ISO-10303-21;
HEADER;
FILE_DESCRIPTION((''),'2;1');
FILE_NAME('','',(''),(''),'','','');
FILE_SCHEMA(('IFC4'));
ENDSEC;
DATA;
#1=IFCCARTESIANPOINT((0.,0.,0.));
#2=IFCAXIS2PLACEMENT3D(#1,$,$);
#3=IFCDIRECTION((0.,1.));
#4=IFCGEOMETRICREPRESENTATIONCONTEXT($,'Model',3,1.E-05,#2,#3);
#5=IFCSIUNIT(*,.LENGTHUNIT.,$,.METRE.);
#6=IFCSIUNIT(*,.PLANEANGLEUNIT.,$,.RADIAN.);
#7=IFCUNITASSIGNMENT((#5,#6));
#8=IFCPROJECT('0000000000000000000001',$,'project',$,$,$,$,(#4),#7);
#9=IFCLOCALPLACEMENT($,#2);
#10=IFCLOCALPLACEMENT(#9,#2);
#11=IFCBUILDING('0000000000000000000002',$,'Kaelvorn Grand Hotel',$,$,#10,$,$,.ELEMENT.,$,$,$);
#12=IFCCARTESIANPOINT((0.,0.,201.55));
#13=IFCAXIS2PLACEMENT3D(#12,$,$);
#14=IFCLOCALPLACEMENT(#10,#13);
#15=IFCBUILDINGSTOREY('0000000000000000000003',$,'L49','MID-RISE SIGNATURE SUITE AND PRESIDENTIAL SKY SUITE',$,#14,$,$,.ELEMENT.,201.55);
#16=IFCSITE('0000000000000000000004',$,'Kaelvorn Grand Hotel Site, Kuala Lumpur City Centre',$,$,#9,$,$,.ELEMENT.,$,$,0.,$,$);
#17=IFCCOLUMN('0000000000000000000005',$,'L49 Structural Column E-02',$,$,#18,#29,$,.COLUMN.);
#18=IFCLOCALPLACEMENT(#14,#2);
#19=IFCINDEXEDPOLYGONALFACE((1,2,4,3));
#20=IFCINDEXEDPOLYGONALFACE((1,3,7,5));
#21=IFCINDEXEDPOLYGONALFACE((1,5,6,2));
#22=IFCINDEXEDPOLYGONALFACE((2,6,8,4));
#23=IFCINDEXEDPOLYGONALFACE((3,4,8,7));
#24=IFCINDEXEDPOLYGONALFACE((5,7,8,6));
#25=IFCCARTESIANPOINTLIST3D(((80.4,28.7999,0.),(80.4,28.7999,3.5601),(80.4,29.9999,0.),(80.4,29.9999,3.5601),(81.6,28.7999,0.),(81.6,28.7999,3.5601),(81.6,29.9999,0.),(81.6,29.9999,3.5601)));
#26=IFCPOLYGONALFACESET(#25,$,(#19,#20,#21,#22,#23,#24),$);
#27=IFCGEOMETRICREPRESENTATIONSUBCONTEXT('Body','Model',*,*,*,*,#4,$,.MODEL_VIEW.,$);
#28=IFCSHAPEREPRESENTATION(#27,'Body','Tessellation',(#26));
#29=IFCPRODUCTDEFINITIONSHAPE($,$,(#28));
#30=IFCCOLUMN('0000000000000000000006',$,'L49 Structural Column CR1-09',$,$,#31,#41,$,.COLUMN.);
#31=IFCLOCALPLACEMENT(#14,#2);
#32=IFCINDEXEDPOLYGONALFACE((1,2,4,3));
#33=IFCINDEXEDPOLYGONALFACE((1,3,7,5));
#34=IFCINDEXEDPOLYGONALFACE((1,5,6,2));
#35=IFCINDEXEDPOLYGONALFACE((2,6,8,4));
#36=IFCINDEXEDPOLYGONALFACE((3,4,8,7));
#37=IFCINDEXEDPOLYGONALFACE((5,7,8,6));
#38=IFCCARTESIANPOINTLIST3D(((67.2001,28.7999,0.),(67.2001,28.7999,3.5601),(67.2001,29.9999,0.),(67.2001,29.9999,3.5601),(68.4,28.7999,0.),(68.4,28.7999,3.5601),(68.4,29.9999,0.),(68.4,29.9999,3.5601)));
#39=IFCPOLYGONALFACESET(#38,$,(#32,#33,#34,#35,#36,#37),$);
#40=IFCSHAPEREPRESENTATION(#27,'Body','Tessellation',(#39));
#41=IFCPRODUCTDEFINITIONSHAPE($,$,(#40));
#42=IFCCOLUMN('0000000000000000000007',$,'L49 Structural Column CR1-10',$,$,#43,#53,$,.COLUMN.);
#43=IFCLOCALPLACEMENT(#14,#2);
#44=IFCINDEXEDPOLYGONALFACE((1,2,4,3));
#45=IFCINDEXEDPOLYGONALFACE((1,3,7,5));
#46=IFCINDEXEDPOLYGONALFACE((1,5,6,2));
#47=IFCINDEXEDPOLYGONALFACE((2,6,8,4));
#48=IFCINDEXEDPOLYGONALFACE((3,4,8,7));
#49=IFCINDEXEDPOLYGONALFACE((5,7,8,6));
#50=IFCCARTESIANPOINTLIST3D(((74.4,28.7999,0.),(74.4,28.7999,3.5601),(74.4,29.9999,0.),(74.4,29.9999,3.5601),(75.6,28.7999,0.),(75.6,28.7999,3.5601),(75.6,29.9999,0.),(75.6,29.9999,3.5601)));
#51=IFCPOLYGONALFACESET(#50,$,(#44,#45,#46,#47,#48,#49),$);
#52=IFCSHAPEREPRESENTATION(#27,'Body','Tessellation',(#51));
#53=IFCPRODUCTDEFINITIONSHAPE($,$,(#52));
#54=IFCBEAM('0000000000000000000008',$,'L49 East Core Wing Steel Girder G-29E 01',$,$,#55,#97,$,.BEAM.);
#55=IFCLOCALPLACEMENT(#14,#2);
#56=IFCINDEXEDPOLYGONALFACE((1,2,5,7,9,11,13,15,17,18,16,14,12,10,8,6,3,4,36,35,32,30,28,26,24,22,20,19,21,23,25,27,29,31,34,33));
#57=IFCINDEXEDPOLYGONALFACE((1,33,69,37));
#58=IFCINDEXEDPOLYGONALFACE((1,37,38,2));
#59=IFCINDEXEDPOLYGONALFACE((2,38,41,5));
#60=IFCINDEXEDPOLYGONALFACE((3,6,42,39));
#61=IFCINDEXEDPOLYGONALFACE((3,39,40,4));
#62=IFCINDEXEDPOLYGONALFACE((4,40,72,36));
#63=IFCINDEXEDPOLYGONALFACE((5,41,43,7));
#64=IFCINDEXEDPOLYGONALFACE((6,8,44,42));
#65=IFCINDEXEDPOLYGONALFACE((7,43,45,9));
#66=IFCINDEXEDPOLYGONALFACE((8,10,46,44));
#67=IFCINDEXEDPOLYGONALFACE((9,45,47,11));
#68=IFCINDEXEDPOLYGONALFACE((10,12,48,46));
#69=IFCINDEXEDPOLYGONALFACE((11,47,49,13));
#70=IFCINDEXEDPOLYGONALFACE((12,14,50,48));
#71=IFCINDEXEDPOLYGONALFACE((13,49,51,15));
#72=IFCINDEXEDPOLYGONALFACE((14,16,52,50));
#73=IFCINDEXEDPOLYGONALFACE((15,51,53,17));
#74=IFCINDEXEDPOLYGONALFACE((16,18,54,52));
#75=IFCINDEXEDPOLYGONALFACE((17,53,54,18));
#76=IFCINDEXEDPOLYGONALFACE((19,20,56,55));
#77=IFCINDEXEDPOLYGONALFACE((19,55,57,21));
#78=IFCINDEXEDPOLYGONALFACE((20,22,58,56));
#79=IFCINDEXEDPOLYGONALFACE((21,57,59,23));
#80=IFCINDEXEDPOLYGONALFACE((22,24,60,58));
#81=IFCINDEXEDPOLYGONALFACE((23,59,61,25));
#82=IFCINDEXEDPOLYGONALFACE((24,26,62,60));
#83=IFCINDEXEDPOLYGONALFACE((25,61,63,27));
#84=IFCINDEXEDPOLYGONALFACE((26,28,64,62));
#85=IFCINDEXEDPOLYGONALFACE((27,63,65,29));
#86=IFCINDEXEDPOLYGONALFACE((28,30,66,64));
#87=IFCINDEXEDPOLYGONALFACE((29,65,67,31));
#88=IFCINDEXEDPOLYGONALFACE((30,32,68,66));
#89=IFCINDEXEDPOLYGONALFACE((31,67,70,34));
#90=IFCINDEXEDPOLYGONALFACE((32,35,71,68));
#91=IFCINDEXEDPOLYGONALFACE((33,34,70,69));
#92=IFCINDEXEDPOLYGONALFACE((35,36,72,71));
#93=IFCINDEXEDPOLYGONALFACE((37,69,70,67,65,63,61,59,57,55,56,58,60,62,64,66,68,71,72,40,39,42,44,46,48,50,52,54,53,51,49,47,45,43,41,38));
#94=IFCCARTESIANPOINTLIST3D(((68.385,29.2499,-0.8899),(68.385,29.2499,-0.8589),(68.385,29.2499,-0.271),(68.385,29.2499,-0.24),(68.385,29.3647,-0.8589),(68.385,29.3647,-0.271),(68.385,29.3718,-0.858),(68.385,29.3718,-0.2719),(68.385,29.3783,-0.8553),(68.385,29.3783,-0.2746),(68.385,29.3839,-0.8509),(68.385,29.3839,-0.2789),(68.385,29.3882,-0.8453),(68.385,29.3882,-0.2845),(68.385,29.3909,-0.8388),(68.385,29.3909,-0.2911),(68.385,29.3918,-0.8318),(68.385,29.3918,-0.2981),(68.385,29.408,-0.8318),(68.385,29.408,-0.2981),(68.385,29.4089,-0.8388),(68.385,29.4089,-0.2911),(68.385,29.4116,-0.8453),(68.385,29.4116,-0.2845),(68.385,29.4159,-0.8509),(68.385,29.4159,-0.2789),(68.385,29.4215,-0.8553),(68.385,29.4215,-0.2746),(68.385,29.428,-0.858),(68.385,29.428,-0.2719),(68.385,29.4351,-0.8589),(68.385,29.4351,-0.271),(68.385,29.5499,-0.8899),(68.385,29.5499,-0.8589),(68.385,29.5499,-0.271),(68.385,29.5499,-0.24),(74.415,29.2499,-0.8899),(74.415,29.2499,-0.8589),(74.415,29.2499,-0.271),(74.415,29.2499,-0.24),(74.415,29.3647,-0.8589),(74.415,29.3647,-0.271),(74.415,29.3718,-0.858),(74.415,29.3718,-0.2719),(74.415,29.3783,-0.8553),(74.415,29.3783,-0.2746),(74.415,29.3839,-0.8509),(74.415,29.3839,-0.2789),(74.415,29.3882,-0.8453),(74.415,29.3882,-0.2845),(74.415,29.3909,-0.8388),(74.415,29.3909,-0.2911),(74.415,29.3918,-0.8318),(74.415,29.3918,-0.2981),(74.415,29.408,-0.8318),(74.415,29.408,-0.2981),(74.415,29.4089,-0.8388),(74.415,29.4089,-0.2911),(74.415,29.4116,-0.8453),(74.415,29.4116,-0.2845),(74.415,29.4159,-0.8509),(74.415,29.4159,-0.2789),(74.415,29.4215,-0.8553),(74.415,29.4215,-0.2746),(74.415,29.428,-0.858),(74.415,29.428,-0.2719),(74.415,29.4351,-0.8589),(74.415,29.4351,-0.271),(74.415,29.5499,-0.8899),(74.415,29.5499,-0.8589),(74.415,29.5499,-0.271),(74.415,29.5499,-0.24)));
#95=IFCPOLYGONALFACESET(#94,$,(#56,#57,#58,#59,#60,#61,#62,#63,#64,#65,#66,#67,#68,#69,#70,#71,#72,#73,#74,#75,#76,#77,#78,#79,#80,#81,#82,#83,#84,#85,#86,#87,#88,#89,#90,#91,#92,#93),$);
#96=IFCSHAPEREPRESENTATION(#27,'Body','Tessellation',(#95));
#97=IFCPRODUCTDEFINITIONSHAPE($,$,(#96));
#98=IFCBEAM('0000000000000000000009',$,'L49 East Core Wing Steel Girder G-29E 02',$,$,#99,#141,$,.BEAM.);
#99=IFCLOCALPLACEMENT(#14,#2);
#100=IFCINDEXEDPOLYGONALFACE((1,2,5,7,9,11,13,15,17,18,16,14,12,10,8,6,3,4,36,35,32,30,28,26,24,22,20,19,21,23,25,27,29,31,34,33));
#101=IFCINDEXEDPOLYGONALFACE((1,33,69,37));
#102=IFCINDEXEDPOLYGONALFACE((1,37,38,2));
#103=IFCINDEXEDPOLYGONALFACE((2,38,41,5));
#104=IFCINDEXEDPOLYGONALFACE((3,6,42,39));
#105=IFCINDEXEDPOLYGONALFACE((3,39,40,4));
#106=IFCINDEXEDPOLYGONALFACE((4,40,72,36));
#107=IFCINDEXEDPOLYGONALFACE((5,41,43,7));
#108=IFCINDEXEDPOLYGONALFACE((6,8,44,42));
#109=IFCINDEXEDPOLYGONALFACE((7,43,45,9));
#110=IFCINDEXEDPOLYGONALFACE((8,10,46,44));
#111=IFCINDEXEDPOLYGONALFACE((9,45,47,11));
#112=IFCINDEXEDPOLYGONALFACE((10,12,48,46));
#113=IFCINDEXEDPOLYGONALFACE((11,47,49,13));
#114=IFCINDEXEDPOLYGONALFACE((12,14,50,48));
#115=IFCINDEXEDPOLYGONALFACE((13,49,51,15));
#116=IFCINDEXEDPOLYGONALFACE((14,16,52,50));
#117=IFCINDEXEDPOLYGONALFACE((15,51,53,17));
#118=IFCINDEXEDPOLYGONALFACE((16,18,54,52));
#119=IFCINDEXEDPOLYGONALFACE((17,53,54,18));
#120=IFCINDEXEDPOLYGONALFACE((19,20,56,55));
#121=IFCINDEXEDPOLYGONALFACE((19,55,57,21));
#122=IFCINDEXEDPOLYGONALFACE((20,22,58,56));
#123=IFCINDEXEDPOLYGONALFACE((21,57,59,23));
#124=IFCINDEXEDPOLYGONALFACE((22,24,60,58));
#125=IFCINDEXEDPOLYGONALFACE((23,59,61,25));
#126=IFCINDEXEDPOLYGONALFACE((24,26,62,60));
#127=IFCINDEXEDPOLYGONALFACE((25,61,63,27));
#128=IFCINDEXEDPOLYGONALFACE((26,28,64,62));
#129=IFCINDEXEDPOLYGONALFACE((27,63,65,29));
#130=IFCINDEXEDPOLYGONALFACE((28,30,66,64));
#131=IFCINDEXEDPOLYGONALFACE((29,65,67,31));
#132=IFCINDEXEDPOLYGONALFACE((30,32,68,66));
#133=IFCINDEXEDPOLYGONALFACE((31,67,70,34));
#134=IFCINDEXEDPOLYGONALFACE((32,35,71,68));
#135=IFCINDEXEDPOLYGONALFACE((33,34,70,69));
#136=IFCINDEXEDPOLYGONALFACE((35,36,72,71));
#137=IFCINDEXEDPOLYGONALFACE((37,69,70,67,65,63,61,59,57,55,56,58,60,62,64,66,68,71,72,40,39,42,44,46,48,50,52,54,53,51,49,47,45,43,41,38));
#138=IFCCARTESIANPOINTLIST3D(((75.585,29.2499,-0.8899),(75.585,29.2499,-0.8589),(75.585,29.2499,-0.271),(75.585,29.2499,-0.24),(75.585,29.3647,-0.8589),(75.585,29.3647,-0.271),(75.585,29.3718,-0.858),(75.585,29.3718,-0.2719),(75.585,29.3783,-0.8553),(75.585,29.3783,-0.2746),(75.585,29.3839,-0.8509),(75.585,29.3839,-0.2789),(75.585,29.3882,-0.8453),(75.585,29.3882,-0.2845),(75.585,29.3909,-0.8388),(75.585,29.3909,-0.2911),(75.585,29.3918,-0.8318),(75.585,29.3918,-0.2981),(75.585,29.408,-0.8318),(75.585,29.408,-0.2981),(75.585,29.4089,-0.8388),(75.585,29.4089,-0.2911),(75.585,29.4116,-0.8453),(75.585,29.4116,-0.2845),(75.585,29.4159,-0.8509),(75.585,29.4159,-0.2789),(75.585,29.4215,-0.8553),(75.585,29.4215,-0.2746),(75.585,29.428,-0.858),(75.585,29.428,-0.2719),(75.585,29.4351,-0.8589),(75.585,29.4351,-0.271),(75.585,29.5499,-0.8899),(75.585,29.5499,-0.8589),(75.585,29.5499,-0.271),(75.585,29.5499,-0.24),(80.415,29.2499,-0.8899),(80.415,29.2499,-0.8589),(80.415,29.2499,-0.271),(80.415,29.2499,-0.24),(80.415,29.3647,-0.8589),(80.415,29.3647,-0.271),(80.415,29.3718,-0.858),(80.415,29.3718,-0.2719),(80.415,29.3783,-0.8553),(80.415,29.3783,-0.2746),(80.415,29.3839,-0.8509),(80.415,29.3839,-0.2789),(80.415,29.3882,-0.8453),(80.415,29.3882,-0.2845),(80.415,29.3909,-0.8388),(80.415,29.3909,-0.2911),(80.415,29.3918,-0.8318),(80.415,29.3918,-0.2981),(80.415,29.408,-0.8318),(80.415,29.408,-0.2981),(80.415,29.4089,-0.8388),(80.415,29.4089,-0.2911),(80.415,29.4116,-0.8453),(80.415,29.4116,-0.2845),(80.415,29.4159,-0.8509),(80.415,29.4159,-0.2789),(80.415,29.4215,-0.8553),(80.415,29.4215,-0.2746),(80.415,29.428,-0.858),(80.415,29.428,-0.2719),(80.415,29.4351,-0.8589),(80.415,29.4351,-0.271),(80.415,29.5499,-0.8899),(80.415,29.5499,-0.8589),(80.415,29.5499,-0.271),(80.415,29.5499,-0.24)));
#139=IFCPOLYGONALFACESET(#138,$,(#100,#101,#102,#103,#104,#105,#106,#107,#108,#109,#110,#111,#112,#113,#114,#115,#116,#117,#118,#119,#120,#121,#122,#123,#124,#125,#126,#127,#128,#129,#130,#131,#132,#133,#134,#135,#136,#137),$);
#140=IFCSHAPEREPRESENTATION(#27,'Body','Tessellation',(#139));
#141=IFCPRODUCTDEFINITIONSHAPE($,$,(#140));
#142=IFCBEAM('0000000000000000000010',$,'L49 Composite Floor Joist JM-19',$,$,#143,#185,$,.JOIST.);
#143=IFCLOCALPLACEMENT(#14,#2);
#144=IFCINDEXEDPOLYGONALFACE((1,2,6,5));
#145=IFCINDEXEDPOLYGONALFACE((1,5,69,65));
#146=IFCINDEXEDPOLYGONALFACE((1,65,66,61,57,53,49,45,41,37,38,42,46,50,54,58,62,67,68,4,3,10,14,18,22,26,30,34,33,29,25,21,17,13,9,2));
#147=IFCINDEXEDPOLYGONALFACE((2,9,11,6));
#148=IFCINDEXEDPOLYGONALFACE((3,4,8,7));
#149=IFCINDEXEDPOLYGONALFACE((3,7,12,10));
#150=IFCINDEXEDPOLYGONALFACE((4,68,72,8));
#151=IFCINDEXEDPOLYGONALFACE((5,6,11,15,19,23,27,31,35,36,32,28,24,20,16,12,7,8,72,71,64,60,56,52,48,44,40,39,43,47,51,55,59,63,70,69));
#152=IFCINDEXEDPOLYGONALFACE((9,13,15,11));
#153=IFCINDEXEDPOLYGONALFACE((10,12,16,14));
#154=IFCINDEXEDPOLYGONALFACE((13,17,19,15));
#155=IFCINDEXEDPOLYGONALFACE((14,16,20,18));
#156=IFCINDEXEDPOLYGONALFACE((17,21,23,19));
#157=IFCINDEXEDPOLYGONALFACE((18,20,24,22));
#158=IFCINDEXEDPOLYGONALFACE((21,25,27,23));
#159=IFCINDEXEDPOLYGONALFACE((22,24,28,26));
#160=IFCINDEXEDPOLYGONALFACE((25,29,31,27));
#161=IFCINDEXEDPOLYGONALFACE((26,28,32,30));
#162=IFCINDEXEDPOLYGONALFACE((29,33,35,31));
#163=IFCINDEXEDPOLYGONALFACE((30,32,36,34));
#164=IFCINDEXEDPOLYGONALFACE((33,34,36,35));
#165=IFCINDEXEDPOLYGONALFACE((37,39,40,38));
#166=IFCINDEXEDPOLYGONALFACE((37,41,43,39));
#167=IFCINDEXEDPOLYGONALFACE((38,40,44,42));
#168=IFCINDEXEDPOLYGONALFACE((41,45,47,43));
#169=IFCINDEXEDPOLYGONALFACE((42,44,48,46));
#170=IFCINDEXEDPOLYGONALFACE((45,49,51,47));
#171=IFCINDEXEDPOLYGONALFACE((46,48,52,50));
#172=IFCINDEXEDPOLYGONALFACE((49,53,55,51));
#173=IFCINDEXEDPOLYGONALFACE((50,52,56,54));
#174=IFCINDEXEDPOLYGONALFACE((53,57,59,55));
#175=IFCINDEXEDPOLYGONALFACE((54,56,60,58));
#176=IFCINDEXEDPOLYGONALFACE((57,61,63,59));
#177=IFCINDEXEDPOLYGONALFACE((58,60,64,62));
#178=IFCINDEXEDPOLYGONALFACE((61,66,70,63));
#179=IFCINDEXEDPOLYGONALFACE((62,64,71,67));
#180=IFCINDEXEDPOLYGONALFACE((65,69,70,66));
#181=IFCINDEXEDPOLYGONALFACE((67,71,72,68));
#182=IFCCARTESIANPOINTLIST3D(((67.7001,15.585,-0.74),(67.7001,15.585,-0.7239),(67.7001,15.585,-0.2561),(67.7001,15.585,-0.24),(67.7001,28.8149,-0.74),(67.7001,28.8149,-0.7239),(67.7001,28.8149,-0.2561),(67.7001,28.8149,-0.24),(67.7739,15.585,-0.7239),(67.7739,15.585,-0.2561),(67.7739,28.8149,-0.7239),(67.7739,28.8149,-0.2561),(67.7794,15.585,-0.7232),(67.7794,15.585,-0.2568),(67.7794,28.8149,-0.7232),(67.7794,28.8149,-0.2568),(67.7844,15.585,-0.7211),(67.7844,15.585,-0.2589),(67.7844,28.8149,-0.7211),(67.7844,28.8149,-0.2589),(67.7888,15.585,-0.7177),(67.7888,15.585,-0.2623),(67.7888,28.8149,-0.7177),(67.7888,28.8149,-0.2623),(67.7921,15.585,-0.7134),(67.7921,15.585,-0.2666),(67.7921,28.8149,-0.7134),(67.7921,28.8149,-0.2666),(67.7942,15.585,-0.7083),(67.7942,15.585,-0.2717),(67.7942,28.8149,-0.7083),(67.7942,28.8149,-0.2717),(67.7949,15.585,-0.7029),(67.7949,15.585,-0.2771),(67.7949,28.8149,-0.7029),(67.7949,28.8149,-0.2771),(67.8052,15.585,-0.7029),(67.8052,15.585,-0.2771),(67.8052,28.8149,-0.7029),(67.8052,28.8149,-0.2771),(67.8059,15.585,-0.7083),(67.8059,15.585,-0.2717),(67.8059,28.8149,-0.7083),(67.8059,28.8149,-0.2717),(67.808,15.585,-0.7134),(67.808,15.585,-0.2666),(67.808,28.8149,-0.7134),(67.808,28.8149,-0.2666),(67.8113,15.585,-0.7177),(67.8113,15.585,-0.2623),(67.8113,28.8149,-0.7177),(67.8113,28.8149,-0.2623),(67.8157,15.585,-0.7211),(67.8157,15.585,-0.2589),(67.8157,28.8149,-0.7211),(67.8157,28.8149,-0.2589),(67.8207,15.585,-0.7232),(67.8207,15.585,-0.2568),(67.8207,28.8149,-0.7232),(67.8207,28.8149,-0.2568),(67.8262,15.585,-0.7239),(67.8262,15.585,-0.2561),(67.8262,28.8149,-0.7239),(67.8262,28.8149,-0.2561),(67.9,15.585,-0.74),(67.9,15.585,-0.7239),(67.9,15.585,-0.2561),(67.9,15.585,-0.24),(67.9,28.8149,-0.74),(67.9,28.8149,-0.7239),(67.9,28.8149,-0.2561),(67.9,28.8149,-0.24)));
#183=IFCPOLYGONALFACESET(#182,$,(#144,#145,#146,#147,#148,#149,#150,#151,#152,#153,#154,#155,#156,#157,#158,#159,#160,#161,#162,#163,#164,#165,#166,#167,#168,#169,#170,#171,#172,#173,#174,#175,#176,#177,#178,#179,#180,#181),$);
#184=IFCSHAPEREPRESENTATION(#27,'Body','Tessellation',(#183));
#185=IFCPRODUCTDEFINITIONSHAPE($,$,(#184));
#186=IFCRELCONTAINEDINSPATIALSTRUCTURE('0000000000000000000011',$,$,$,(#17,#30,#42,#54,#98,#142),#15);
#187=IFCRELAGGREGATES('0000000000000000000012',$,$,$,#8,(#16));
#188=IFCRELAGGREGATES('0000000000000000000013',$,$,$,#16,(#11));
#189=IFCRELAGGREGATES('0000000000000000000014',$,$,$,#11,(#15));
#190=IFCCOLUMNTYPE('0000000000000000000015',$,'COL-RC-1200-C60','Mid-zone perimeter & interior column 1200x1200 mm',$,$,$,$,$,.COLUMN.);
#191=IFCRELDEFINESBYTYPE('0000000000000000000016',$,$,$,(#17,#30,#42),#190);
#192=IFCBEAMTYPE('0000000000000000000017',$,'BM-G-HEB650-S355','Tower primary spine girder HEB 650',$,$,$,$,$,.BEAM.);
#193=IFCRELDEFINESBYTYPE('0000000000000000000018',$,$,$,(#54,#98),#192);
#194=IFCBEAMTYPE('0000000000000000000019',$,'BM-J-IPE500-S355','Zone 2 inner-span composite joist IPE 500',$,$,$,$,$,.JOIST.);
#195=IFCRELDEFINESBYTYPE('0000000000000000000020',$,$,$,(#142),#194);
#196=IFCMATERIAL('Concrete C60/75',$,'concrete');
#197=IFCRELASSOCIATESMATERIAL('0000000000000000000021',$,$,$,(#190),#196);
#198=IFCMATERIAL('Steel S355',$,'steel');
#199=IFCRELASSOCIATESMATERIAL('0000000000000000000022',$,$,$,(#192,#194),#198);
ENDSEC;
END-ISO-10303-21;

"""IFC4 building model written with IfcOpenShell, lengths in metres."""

from ifc_helpers import new_model, si_unit, direction, frame, origin, origin_2d, place, context, subcontext, project, spatial, rectangle, i_section, extrude, material, material_profile, profile_set, type_object, element, save


model = new_model("IFC4")

# Units and contexts
model_context = context("Model", 3, precision=1e-05, world=origin(), true_north=direction((0.0, 1.0)))
body_context = subcontext(model_context, "Body", "Model", "MODEL_VIEW")
ifc_project = project(units=[si_unit("LENGTHUNIT", "METRE"), si_unit("PLANEANGLEUNIT", "RADIAN")], contexts=[model_context])

# Site, building, storey
site_placement = place(None, origin())
site = spatial("IfcSite", under=ifc_project, at=site_placement, Name="Kaelvorn Grand Hotel Site, Kuala Lumpur City Centre", CompositionType="ELEMENT", RefElevation=0.0)
building_placement = place(site_placement, origin())
building = spatial("IfcBuilding", under=site, at=building_placement, Name="Kaelvorn Grand Hotel", CompositionType="ELEMENT")
storey_placement = place(building_placement, frame((0.0, 0.0, 201.55)))
storey = spatial("IfcBuildingStorey", under=building, at=storey_placement, Name="L49", Description="MID-RISE SIGNATURE SUITE AND PRESIDENTIAL SKY SUITE", CompositionType="ELEMENT", Elevation=201.55)

# Columns
ifc_material_1 = material(Name="Concrete C60/75", Category="concrete")
ifc_material_profile_1 = material_profile(ifc_material_1, rectangle(XDim=1.2, YDim=1.2, at=origin_2d()), Name="RC COL 1200x1200")
ifc_profile_set_1 = profile_set([ifc_material_profile_1], Name="Concrete C60/75")
column_type = type_object("IfcColumnType", Name="COL-RC-1200-C60", Description="Mid-zone perimeter & interior column 1200x1200 mm", PredefinedType="COLUMN", material=ifc_profile_set_1)
for number, where, z_axis, x_axis, name in (
    (1, (81.0, 29.3999, 0.0), (0.0, 0.0, 1.0), (1.0, 0.0, 0.0), "L49 Structural Column E-02"),
    (2, (67.8, 29.3999, 0.0), (0.0, 0.0, 1.0), (1.0, 0.0, 0.0), "L49 Structural Column CR1-09"),
    (3, (75.0, 29.3999, 0.0), (0.0, 0.0, 1.0), (1.0, 0.0, 0.0), "L49 Structural Column CR1-10"),
):
    element("IfcColumn", number, at=place(storey_placement, frame(where, z_axis=z_axis, x_axis=x_axis)), inside=storey, type_object=column_type, Name=name, PredefinedType="COLUMN", context=body_context, shape_type="SweptSolid", body=[
        extrude(rectangle(XDim=1.2, YDim=1.2, at=origin_2d()), origin(), (0.0, 0.0, 1.0), 3.5601),
    ])

# Beams
ifc_material_2 = material(Name="Steel S355", Category="steel")
ifc_material_profile_2 = material_profile(ifc_material_2, i_section(OverallWidth=0.3, OverallDepth=0.6499, WebThickness=0.0161, FlangeThickness=0.031, FilletRadius=0.0271, at=origin_2d()), Name="HEB 650")
ifc_profile_set_2 = profile_set([ifc_material_profile_2], Name="Steel S355")
beam_type_1 = type_object("IfcBeamType", Name="BM-G-HEB650-S355", Description="Tower primary spine girder HEB 650", PredefinedType="BEAM", material=ifc_profile_set_2)
beam_1_placement = place(storey_placement, frame((68.385, 29.3999, -0.5649), z_axis=(1.0, 0.0, 0.0), x_axis=(0.0, 1.0, 0.0)))
element("IfcBeam", 4, at=beam_1_placement, inside=storey, type_object=beam_type_1, Name="L49 East Core Wing Steel Girder G-29E 01", PredefinedType="BEAM", context=body_context, shape_type="SweptSolid", body=[
    extrude(i_section(OverallWidth=0.3, OverallDepth=0.6499, WebThickness=0.0161, FlangeThickness=0.031, FilletRadius=0.0271, at=origin_2d()), origin(), (0.0, 0.0, 1.0), 6.03),
])
beam_2_placement = place(storey_placement, frame((75.585, 29.3999, -0.5649), z_axis=(1.0, 0.0, 0.0), x_axis=(0.0, 1.0, 0.0)))
element("IfcBeam", 5, at=beam_2_placement, inside=storey, type_object=beam_type_1, Name="L49 East Core Wing Steel Girder G-29E 02", PredefinedType="BEAM", context=body_context, shape_type="SweptSolid", body=[
    extrude(i_section(OverallWidth=0.3, OverallDepth=0.6499, WebThickness=0.0161, FlangeThickness=0.031, FilletRadius=0.0271, at=origin_2d()), origin(), (0.0, 0.0, 1.0), 4.8301),
])
ifc_material_profile_3 = material_profile(ifc_material_2, i_section(OverallWidth=0.2, OverallDepth=0.5, WebThickness=0.0103, FlangeThickness=0.0161, FilletRadius=0.021, at=origin_2d()), Name="IPE 500")
ifc_profile_set_3 = profile_set([ifc_material_profile_3], Name="Steel S355")
beam_type_2 = type_object("IfcBeamType", Name="BM-J-IPE500-S355", Description="Zone 2 inner-span composite joist IPE 500", PredefinedType="JOIST", material=ifc_profile_set_3)
beam_3_placement = place(storey_placement, frame((67.8, 15.585, -0.49), z_axis=(0.0, 1.0, 0.0), x_axis=(-1.0, 0.0, 0.0)))
element("IfcBeam", 6, at=beam_3_placement, inside=storey, type_object=beam_type_2, Name="L49 Composite Floor Joist JM-19", PredefinedType="JOIST", context=body_context, shape_type="SweptSolid", body=[
    extrude(i_section(OverallWidth=0.2, OverallDepth=0.5, WebThickness=0.0103, FlangeThickness=0.0161, FilletRadius=0.021, at=origin_2d()), origin(), (0.0, 0.0, 1.0), 13.23),
])

save(model, "model.ifc")
